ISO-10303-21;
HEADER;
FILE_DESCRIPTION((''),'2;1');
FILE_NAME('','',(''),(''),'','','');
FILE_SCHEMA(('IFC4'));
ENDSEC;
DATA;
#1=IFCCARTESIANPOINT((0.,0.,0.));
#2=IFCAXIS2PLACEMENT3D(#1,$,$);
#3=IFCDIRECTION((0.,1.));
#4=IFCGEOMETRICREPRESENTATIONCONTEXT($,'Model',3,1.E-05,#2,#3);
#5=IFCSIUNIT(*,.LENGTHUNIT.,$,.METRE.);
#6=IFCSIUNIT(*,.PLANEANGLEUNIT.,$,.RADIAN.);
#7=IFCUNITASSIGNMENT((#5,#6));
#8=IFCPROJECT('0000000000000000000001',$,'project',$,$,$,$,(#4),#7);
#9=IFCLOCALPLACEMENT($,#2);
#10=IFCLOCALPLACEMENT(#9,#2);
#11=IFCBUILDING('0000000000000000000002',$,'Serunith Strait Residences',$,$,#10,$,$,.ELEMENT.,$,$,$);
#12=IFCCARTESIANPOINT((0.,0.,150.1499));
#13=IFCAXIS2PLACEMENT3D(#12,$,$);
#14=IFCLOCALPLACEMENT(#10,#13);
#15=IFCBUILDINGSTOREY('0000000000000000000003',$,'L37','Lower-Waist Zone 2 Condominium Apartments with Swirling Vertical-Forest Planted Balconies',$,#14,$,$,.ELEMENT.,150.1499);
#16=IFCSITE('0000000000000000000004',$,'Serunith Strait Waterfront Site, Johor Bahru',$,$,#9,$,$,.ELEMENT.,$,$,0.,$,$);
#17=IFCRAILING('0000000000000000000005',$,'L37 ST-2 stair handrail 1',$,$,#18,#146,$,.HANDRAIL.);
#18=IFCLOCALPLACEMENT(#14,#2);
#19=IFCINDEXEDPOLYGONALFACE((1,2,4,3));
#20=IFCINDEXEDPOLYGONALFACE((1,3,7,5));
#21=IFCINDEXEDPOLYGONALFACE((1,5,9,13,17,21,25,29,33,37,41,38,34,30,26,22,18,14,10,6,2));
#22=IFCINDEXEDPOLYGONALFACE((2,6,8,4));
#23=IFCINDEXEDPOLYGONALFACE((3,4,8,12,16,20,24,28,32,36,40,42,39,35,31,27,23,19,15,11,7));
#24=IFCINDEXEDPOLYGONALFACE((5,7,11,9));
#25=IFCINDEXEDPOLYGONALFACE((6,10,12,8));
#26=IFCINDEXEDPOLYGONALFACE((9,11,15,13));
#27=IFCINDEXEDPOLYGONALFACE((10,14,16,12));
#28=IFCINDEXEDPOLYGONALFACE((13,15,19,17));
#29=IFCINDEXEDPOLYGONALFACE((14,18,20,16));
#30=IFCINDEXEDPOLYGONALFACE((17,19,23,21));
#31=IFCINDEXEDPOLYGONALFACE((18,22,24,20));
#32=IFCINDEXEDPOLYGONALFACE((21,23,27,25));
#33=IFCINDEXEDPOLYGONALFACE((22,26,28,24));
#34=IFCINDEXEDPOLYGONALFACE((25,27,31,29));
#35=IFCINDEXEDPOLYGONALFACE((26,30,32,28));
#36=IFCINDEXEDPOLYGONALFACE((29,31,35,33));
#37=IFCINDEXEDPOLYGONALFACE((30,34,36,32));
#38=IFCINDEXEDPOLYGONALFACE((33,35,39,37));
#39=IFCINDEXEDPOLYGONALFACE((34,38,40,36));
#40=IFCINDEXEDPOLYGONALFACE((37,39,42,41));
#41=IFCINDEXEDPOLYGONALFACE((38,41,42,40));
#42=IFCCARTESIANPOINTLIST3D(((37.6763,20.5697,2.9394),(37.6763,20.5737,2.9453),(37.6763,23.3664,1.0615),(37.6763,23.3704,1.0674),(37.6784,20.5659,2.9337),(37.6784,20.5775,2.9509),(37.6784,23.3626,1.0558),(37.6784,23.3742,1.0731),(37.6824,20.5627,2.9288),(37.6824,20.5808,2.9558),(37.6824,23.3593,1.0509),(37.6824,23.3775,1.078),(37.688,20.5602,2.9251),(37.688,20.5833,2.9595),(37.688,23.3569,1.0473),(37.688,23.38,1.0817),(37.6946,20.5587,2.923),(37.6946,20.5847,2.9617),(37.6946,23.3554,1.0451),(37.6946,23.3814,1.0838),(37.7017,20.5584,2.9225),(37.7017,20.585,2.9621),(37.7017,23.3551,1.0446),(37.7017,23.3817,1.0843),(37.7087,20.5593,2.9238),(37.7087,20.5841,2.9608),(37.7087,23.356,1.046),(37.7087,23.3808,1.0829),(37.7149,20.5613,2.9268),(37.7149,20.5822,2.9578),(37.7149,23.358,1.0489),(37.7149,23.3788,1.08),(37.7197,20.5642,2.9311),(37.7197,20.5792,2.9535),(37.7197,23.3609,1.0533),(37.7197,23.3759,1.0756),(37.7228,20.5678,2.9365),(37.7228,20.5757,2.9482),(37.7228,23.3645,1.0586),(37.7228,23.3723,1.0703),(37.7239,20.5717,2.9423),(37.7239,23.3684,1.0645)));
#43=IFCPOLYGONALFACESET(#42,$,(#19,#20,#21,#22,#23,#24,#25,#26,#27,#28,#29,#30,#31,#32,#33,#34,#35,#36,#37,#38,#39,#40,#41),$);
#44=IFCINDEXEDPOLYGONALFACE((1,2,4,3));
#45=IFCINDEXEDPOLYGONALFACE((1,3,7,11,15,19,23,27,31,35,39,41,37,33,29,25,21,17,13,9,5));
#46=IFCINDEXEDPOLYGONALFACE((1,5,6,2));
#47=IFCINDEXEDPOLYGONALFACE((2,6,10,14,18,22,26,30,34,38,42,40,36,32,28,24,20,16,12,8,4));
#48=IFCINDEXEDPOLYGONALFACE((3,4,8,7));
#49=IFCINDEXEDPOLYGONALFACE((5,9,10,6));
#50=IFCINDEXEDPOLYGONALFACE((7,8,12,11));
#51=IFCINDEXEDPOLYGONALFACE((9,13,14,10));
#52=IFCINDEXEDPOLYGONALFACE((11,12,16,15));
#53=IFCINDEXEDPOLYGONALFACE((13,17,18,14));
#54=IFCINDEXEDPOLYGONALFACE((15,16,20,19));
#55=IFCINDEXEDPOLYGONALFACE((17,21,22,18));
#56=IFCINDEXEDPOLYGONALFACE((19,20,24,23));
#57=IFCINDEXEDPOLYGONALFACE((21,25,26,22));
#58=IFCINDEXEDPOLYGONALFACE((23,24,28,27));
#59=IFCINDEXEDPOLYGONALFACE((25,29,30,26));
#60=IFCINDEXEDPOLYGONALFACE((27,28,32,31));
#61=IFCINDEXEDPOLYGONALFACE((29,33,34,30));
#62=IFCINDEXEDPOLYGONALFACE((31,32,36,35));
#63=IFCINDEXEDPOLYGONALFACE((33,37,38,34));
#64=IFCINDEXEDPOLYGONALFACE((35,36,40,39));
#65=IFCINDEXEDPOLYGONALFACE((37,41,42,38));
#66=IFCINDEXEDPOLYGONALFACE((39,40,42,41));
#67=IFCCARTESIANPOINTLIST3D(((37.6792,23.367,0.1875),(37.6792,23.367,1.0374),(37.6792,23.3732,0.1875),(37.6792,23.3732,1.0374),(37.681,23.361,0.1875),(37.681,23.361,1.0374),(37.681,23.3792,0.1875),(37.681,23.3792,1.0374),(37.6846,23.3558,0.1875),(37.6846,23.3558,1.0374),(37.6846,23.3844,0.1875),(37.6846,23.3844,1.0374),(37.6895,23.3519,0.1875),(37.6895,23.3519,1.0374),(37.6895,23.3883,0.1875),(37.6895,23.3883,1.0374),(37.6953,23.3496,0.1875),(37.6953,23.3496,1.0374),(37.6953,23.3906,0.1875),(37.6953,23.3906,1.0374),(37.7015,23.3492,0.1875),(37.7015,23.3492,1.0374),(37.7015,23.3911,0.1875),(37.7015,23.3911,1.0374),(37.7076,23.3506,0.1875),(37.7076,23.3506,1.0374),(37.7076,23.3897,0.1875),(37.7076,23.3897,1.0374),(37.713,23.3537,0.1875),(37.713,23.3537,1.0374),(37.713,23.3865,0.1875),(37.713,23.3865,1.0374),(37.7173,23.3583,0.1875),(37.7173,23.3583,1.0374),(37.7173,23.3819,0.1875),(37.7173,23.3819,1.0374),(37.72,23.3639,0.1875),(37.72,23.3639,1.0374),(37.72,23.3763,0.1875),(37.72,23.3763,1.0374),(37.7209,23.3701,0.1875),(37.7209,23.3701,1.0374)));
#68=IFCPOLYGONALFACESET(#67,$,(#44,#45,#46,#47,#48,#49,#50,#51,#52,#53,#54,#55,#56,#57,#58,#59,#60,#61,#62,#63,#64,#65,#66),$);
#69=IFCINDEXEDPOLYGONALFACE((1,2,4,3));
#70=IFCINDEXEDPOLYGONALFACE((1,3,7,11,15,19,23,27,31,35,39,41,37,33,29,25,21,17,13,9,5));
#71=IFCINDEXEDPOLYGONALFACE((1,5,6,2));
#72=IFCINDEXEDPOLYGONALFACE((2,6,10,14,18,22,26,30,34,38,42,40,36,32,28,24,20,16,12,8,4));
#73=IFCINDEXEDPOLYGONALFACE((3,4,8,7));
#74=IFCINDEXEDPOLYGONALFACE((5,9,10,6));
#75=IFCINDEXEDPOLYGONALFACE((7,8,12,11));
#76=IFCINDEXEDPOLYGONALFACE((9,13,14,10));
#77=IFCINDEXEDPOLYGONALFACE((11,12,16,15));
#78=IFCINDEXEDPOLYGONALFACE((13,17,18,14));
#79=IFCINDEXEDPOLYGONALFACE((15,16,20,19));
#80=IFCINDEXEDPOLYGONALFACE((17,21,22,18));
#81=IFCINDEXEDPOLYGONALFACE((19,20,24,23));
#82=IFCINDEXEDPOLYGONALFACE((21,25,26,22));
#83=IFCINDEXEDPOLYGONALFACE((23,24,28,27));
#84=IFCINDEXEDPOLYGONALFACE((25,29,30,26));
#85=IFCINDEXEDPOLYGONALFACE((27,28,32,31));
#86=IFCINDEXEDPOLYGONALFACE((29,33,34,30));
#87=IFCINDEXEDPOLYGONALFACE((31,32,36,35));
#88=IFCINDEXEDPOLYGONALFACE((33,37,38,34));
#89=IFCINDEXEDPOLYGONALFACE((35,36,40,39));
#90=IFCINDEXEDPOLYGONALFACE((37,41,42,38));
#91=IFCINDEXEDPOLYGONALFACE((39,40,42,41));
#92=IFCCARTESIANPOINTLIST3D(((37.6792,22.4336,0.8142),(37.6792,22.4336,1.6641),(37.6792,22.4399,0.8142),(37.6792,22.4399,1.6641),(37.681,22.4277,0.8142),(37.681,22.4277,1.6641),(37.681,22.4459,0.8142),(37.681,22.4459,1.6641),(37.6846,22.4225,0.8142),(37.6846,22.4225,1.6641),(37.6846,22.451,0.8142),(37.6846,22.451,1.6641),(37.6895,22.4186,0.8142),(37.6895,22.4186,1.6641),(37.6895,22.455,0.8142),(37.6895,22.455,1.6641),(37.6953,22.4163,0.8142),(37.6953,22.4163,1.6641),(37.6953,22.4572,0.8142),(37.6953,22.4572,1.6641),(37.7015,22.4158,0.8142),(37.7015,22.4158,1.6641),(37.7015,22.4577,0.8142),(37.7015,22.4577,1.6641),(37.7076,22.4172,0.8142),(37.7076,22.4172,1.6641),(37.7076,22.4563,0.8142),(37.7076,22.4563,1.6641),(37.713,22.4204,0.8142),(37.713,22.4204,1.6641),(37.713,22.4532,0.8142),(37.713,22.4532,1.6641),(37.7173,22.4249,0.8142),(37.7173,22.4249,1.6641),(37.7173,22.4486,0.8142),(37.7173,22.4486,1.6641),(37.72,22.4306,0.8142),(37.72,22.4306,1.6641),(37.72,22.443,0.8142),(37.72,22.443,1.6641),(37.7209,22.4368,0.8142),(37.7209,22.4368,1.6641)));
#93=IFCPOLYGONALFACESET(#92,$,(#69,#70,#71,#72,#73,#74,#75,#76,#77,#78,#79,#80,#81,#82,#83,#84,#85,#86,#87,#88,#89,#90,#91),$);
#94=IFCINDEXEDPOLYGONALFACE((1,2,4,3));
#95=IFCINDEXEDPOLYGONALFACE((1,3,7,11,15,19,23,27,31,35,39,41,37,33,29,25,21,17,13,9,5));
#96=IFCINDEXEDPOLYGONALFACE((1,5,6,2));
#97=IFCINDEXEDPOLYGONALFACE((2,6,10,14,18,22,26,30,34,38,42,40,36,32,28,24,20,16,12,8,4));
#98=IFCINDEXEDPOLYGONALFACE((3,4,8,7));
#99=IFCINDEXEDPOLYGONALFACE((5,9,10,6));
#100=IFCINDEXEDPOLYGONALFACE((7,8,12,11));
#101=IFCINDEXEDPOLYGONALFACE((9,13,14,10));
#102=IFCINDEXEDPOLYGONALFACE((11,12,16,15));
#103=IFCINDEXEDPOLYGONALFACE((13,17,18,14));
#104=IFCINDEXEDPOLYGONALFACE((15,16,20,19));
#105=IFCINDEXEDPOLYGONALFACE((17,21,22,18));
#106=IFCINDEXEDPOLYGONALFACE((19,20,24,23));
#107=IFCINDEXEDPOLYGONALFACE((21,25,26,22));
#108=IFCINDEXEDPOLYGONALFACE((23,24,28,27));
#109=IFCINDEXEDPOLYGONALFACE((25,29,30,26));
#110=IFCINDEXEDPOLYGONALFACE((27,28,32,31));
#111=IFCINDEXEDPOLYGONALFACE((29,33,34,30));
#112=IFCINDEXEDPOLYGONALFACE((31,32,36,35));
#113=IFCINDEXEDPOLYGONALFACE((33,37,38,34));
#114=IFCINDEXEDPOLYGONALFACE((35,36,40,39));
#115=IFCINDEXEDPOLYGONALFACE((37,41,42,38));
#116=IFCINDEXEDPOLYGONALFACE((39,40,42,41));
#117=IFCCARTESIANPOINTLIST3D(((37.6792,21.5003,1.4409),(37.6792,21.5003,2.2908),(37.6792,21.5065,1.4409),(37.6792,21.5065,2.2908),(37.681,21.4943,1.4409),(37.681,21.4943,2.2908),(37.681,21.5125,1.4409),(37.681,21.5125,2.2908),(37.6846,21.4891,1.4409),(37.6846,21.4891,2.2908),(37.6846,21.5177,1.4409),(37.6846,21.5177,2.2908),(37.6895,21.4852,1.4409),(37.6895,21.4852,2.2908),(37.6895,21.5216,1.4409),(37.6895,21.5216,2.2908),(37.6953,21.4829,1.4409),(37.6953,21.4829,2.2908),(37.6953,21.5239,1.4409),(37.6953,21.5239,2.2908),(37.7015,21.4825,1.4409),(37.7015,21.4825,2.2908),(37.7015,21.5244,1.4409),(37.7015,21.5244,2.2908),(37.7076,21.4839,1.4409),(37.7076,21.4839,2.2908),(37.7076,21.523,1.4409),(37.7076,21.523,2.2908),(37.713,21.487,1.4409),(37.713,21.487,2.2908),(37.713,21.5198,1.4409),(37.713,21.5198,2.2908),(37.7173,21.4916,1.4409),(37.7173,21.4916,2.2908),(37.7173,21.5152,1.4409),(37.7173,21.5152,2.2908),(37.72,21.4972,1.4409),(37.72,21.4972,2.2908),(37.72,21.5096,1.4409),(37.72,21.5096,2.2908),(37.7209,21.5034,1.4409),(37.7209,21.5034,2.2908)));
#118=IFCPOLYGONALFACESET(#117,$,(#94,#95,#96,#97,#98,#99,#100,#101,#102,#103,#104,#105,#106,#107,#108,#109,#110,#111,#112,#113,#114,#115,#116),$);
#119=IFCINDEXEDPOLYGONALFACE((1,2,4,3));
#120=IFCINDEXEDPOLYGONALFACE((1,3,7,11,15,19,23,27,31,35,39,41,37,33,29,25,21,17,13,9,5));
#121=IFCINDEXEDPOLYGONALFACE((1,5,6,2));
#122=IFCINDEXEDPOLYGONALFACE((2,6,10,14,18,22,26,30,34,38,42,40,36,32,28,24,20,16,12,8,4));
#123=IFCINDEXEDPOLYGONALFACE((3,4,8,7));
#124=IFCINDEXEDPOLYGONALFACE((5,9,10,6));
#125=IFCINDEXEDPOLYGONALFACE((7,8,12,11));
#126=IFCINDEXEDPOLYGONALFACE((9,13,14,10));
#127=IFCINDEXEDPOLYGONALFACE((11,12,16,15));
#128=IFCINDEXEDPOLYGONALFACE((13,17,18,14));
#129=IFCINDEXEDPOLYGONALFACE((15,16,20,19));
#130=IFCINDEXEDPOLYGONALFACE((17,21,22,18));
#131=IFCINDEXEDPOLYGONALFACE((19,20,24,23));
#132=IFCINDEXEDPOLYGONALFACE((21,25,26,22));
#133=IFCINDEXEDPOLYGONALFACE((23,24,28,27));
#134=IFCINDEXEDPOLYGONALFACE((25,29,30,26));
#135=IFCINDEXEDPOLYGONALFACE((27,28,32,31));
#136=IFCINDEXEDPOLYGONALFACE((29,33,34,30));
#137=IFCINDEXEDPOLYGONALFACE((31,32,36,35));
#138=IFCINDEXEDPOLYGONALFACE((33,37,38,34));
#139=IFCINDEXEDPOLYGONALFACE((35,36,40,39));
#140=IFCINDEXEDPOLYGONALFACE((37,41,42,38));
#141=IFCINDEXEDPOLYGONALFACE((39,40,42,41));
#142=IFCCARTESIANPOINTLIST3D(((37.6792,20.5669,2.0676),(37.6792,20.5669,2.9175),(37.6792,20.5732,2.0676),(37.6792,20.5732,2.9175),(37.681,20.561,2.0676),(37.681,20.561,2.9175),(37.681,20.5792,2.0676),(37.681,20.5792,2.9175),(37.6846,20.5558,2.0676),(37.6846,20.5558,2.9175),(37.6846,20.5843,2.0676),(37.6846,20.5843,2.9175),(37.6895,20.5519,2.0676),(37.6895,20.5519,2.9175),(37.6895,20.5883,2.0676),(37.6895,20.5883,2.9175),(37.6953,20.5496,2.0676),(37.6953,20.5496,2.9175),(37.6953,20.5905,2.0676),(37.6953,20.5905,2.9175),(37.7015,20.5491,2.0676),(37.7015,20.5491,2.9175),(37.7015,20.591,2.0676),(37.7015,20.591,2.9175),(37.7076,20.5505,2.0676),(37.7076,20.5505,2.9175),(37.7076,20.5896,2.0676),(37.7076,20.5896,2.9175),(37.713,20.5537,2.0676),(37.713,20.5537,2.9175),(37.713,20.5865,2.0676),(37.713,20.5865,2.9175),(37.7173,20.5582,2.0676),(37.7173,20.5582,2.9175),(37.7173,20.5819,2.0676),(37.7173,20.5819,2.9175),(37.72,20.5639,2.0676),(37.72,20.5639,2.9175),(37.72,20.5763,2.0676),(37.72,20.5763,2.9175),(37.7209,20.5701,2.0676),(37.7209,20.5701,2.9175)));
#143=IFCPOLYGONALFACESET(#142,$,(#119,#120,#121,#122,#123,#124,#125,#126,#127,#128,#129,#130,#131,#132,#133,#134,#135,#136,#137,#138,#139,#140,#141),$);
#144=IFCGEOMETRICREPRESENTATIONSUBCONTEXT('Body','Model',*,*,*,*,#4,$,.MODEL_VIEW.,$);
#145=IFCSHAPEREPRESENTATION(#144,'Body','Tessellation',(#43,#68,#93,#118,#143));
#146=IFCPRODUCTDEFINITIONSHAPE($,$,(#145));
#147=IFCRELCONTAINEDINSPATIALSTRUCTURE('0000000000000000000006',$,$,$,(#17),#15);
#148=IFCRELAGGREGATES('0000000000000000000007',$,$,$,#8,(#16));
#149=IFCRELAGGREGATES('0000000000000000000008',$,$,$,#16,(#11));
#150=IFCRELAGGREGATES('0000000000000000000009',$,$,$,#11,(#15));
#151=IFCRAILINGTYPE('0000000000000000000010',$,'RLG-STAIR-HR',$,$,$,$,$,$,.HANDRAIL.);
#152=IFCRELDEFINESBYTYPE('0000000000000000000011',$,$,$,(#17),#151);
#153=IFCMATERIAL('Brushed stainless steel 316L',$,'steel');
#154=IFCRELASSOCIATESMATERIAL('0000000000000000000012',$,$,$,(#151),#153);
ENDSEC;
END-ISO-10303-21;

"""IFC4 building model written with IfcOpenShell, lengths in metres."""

from ifc_helpers import new_model, si_unit, direction, frame, origin, origin_2d, place, context, subcontext, project, spatial, circle, extrude, material, type_object, element, save


model = new_model("IFC4")

# Units and contexts
model_context = context("Model", 3, precision=1e-05, world=origin(), true_north=direction((0.0, 1.0)))
body_context = subcontext(model_context, "Body", "Model", "MODEL_VIEW")
ifc_project = project(units=[si_unit("LENGTHUNIT", "METRE"), si_unit("PLANEANGLEUNIT", "RADIAN")], contexts=[model_context])

# Site, building, storey
site_placement = place(None, origin())
site = spatial("IfcSite", under=ifc_project, at=site_placement, Name="Serunith Strait Waterfront Site, Johor Bahru", CompositionType="ELEMENT", RefElevation=0.0)
building_placement = place(site_placement, origin())
building = spatial("IfcBuilding", under=site, at=building_placement, Name="Serunith Strait Residences", CompositionType="ELEMENT")
storey_placement = place(building_placement, frame((0.0, 0.0, 150.1499)))
storey = spatial("IfcBuildingStorey", under=building, at=storey_placement, Name="L37", Description="Lower-Waist Zone 2 Condominium Apartments with Swirling Vertical-Forest Planted Balconies", CompositionType="ELEMENT", Elevation=150.1499)

# Railing
ifc_material_1 = material(Name="Brushed stainless steel 316L", Category="steel")
railing_type_1 = type_object("IfcRailingType", Name="RLG-STAIR-HR", PredefinedType="HANDRAIL", material=ifc_material_1)
railing_1_placement = place(storey_placement, frame((37.7, 23.3701, 0.1875)))
element("IfcRailing", 1, at=railing_1_placement, inside=storey, type_object=railing_type_1, Name="L37 ST-2 stair handrail 1", PredefinedType="HANDRAIL", context=body_context, shape_type="SweptSolid", body=[
    extrude(circle(Radius=0.0239, at=origin_2d()), frame((0.0, -0.0017, 0.877), z_axis=(0.0, -0.830208, 0.557453), x_axis=(1.0, 0.0, 0.0)), (0.0, 0.0, 1.0), 3.3687),
    extrude(circle(Radius=0.021, at=origin_2d()), origin(), (0.0, 0.0, 1.0), 0.8499),
    extrude(circle(Radius=0.021, at=origin_2d()), frame((0.0, -0.9333, 0.6267)), (0.0, 0.0, 1.0), 0.8499),
    extrude(circle(Radius=0.021, at=origin_2d()), frame((0.0, -1.8667, 1.2534)), (0.0, 0.0, 1.0), 0.8499),
    extrude(circle(Radius=0.021, at=origin_2d()), frame((0.0, -2.8, 1.8801)), (0.0, 0.0, 1.0), 0.8499),
])

save(model, "model.ifc")
